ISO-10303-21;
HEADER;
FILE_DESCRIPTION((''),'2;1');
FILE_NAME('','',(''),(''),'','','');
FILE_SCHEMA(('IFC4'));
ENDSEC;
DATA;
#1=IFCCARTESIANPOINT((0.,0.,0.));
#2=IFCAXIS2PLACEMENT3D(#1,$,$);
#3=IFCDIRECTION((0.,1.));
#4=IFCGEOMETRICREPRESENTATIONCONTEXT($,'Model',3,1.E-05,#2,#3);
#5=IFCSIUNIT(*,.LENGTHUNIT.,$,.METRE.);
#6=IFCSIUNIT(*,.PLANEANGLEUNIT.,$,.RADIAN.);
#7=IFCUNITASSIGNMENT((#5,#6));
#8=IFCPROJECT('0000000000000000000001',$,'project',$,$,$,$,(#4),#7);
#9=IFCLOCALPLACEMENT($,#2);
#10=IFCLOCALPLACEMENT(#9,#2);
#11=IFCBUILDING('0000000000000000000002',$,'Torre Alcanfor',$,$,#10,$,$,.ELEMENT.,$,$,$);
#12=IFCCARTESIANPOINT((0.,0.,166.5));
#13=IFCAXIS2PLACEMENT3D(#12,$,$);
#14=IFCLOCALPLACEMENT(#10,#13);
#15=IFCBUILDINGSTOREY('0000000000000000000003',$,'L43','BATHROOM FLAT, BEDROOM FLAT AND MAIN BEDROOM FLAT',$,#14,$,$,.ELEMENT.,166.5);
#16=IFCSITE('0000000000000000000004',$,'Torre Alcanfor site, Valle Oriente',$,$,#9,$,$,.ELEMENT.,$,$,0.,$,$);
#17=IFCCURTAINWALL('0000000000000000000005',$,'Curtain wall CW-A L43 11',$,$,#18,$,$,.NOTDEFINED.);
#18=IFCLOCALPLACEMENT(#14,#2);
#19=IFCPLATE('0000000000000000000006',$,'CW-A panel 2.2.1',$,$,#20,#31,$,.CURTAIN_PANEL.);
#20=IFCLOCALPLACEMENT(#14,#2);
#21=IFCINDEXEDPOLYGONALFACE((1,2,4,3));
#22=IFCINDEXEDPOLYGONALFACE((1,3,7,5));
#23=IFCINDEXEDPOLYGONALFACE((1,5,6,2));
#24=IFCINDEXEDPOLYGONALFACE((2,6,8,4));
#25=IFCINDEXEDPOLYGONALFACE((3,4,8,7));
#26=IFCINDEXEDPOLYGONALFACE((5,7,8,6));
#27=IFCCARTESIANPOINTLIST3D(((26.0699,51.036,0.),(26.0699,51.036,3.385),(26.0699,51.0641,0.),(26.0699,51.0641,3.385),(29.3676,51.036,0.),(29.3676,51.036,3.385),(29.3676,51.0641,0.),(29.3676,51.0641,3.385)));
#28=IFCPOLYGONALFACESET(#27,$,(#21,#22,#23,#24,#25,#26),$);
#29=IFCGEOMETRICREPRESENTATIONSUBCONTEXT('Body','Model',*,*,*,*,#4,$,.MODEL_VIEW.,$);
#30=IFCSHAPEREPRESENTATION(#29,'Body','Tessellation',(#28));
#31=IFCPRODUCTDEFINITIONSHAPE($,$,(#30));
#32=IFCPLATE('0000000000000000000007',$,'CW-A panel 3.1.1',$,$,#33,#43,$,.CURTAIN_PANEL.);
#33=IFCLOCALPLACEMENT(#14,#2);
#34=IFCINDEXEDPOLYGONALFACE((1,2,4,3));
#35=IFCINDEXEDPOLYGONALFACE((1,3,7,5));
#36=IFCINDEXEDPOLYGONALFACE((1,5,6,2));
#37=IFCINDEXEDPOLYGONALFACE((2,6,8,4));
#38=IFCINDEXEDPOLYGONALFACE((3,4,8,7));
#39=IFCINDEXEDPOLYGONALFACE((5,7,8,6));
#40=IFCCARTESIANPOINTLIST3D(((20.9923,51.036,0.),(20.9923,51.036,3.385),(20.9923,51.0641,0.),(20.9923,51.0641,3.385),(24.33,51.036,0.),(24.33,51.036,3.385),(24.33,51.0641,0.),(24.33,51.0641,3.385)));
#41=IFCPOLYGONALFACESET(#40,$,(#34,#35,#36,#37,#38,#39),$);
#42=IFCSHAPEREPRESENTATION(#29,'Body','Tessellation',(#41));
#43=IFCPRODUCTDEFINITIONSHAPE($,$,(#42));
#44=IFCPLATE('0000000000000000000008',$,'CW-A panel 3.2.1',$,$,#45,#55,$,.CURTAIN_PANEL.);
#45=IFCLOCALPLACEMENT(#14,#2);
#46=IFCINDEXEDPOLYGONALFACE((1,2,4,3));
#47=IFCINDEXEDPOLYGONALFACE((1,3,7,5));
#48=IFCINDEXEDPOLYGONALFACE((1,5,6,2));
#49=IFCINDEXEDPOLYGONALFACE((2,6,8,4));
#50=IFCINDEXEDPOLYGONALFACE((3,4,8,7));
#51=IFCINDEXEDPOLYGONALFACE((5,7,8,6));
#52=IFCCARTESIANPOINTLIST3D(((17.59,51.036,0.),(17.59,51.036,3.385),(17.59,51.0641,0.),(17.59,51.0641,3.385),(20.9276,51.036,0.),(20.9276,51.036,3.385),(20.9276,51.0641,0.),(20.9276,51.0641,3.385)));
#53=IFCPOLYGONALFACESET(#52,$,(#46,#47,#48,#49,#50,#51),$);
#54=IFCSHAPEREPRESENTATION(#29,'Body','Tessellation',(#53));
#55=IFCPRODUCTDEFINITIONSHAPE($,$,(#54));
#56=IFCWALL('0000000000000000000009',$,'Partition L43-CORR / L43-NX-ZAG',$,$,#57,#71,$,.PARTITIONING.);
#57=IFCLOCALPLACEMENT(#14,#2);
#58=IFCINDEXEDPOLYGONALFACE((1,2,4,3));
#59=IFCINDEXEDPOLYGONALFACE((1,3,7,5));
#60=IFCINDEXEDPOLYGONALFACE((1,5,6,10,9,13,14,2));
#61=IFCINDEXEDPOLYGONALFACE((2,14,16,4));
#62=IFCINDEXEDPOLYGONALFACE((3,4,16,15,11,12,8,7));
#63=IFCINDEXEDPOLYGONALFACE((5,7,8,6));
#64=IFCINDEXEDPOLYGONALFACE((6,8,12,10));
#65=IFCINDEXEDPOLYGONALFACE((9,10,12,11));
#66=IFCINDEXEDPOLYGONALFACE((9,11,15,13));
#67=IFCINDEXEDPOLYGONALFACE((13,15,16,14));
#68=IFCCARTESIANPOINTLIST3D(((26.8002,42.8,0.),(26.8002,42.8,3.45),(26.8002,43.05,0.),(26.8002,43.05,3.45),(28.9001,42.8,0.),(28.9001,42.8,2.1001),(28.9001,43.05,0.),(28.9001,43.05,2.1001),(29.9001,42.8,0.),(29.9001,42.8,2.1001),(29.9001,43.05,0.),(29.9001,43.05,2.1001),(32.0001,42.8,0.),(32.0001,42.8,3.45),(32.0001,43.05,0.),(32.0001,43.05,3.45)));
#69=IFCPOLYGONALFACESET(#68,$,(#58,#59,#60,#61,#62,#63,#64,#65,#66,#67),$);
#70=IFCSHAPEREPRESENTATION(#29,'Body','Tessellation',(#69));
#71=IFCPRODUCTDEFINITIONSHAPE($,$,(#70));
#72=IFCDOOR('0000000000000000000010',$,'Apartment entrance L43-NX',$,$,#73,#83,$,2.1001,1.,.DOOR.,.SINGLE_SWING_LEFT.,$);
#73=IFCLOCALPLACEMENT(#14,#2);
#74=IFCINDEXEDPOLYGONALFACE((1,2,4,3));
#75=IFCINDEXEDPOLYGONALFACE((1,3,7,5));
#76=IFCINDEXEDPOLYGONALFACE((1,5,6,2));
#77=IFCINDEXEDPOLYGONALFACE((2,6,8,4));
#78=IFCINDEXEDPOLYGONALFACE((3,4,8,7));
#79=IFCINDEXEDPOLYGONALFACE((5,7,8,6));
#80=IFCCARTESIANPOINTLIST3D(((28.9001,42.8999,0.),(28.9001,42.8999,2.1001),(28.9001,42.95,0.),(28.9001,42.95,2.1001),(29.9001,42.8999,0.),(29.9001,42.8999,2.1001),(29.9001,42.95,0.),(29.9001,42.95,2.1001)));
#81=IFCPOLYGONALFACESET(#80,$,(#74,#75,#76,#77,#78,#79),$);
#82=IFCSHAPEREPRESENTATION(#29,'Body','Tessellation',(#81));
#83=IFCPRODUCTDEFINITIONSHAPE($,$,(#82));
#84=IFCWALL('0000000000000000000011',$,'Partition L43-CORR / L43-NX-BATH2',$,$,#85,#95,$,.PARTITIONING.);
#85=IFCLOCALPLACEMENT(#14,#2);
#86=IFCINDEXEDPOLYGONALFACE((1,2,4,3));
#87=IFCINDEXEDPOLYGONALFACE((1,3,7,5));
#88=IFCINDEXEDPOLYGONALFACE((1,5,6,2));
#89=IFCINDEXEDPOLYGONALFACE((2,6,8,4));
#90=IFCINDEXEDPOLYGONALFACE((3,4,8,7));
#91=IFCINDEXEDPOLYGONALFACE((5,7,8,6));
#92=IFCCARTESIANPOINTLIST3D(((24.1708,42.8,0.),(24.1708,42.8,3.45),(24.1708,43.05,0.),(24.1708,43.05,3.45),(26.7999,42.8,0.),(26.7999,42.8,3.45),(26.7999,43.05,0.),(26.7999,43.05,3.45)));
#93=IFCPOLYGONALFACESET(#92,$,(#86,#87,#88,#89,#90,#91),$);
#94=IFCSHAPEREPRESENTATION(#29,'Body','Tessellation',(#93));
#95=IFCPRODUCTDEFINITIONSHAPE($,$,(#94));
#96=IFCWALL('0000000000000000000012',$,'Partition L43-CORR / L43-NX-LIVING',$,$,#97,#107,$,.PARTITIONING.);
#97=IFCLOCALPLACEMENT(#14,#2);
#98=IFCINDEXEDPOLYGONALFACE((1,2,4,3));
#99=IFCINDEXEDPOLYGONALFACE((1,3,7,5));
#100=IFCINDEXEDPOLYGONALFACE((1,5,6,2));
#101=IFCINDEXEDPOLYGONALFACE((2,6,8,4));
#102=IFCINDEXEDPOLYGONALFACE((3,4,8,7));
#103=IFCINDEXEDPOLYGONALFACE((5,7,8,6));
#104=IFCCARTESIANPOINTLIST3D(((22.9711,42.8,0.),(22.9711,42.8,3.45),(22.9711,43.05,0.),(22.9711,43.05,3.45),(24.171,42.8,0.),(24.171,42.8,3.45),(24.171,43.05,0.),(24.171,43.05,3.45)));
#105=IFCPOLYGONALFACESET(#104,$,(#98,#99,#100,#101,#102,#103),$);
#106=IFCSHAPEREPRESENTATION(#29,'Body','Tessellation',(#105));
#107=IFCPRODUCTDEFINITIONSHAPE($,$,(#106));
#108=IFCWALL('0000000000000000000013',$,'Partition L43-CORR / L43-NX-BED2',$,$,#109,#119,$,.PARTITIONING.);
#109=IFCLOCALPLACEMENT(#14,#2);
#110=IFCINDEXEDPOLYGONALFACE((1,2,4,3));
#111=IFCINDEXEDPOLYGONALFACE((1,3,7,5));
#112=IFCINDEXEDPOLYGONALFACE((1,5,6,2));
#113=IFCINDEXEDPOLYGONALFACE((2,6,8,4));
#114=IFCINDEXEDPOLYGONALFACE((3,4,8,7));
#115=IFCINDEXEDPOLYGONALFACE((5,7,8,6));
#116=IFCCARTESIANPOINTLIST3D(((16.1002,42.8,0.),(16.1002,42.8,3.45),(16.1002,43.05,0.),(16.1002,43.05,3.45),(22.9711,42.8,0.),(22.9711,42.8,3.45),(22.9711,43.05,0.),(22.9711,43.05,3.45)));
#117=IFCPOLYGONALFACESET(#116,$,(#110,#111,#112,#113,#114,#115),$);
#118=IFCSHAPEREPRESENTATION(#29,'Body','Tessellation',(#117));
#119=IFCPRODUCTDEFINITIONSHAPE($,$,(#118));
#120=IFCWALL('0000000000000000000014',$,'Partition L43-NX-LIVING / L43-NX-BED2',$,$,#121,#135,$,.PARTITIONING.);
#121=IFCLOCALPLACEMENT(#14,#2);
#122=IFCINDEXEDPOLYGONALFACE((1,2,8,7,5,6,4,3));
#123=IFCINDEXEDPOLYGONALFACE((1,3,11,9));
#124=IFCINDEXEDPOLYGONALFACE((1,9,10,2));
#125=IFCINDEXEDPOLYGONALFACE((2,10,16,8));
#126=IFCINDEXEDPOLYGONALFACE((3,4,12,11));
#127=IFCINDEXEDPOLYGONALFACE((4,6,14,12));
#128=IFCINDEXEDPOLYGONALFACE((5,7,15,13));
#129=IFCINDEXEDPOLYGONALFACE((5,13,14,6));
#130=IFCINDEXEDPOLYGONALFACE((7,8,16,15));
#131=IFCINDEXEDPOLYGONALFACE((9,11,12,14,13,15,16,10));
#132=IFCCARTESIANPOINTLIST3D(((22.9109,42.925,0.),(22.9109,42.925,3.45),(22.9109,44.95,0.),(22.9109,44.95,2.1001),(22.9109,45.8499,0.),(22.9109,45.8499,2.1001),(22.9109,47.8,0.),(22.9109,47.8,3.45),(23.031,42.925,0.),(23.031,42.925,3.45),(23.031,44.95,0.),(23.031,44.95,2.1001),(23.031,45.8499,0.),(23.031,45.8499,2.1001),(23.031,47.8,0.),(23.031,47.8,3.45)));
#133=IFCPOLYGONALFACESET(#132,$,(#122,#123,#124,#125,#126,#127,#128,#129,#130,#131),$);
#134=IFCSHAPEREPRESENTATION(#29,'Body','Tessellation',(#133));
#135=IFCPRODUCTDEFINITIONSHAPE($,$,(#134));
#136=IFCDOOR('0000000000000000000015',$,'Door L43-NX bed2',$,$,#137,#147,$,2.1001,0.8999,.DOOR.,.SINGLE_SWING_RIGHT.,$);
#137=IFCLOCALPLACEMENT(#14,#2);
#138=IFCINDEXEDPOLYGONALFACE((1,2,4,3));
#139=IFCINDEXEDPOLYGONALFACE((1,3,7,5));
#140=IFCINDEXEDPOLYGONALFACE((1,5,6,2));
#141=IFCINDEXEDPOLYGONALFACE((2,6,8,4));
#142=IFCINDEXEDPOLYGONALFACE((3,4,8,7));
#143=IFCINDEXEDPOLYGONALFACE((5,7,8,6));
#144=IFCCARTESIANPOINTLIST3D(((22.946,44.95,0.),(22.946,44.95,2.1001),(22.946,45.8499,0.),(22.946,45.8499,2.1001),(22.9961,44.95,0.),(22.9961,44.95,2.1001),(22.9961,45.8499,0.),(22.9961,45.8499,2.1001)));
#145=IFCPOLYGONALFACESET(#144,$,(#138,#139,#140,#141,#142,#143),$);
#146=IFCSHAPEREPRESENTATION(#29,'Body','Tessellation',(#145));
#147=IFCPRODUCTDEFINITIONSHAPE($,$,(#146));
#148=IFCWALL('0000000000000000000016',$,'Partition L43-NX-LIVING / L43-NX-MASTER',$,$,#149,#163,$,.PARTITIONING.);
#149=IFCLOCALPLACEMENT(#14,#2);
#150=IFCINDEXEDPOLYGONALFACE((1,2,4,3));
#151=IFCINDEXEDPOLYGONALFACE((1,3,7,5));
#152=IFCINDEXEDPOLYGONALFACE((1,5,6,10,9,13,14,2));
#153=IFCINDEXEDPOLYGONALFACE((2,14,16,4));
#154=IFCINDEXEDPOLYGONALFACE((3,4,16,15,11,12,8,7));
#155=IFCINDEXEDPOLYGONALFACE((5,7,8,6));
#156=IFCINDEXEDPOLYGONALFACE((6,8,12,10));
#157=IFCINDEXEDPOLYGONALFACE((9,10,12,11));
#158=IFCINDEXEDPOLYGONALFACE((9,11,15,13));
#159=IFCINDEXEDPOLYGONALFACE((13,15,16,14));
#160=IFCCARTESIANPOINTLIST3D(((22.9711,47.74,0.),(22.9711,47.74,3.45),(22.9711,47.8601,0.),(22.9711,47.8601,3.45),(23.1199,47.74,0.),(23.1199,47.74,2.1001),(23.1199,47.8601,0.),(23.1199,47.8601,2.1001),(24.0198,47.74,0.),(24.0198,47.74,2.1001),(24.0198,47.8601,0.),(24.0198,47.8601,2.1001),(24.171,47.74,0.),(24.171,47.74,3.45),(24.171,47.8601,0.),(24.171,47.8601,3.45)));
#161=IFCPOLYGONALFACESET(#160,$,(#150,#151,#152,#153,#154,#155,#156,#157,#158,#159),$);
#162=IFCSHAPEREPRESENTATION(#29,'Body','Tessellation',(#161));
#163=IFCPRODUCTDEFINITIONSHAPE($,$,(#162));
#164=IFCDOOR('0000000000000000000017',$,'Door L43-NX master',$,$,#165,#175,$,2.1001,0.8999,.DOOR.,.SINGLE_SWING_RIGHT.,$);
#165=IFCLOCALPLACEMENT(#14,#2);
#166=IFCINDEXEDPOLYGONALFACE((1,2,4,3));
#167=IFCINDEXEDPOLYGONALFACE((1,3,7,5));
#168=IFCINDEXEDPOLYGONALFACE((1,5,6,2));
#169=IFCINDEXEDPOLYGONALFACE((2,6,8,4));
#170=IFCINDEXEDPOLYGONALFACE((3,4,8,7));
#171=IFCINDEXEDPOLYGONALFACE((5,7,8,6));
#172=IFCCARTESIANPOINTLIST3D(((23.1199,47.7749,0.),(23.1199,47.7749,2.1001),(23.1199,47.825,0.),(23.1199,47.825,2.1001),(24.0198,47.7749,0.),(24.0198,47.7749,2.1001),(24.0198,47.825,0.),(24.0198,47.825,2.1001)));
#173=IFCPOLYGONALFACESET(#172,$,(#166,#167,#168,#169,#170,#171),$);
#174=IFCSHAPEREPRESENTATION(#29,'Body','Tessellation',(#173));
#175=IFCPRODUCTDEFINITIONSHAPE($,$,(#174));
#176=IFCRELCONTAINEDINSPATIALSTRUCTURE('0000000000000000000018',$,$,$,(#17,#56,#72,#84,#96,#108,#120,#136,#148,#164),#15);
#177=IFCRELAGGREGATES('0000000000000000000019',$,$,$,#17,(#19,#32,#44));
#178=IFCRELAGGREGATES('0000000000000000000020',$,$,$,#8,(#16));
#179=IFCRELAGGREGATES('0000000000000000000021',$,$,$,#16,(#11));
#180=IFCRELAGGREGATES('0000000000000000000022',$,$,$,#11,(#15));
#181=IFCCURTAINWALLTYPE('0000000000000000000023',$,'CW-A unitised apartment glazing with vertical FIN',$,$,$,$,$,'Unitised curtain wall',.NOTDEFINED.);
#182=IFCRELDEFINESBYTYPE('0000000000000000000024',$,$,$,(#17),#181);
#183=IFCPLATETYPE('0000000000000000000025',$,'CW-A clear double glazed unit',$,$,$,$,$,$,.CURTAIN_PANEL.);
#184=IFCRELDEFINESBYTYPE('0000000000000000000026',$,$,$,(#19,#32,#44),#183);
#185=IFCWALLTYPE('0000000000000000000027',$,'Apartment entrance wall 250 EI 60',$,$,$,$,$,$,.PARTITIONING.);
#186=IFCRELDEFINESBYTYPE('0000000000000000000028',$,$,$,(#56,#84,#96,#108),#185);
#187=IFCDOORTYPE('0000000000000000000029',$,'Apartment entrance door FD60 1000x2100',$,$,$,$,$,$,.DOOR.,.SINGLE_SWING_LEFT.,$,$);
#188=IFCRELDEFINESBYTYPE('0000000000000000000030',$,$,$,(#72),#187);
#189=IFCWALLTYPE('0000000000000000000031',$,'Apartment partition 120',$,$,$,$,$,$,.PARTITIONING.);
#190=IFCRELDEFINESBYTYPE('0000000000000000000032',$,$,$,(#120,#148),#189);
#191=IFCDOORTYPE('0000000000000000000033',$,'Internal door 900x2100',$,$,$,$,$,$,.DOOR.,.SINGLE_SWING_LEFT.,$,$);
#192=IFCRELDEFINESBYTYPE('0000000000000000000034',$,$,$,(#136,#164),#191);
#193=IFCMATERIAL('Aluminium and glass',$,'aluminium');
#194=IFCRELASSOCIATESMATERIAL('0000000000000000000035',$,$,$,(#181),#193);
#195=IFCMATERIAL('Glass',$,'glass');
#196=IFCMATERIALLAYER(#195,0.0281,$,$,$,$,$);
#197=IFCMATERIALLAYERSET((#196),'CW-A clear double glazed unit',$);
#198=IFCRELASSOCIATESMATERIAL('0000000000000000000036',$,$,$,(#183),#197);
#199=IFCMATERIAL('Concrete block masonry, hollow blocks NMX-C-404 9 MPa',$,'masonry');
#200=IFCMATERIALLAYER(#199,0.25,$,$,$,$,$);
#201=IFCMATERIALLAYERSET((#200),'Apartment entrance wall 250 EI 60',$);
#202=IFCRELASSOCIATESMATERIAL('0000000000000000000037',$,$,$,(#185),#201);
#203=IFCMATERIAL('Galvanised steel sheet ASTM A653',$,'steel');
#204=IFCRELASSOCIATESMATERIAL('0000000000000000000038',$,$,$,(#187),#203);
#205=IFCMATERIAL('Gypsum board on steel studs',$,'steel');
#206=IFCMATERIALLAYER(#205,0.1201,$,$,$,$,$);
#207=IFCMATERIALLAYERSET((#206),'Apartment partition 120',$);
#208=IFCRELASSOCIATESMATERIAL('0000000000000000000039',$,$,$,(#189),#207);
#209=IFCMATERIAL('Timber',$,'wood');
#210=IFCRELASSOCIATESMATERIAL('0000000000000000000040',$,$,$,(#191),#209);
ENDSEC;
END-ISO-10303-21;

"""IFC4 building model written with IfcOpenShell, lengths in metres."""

from ifc_helpers import new_model, si_unit, direction, frame, frame_2d, origin, origin_2d, place, context, subcontext, project, spatial, rectangle, extrude, material, layer, layer_set, type_object, element, fill, aggregate, save


model = new_model("IFC4")

# Units and contexts
model_context = context("Model", 3, precision=1e-05, world=origin(), true_north=direction((0.0, 1.0)))
body_context = subcontext(model_context, "Body", "Model", "MODEL_VIEW")
ifc_project = project(units=[si_unit("LENGTHUNIT", "METRE"), si_unit("PLANEANGLEUNIT", "RADIAN")], contexts=[model_context])

# Site, building, storey
site_placement = place(None, origin())
site = spatial("IfcSite", under=ifc_project, at=site_placement, Name="Torre Alcanfor site, Valle Oriente", CompositionType="ELEMENT", RefElevation=0.0)
building_placement = place(site_placement, origin())
building = spatial("IfcBuilding", under=site, at=building_placement, Name="Torre Alcanfor", CompositionType="ELEMENT")
storey_placement = place(building_placement, frame((0.0, 0.0, 166.5)))
storey = spatial("IfcBuildingStorey", under=building, at=storey_placement, Name="L43", Description="BATHROOM FLAT, BEDROOM FLAT AND MAIN BEDROOM FLAT", CompositionType="ELEMENT", Elevation=166.5)

# Curtain wall
ifc_material_1 = material(Name="Aluminium and glass", Category="aluminium")
curtain_wall_type = type_object("IfcCurtainWallType", Name="CW-A unitised apartment glazing with vertical FIN", ElementType="Unitised curtain wall", PredefinedType="NOTDEFINED", material=ifc_material_1)
curtain_wall_placement = place(storey_placement, origin())
curtain_wall = element("IfcCurtainWall", 1, at=curtain_wall_placement, inside=storey, type_object=curtain_wall_type, Name="Curtain wall CW-A L43 11", PredefinedType="NOTDEFINED")

# Plates
ifc_material_2 = material(Name="Glass", Category="glass")
ifc_layer_1 = layer(ifc_material_2, 0.0281)
ifc_layer_set_1 = layer_set([ifc_layer_1], Name="CW-A clear double glazed unit")
plate_type = type_object("IfcPlateType", Name="CW-A clear double glazed unit", PredefinedType="CURTAIN_PANEL", material=ifc_layer_set_1)
plate_1_placement = place(storey_placement, frame((27.7188, 51.05, 0.0), z_axis=(0.0, 0.0, 1.0), x_axis=(-1.0, 0.0, 0.0)))
plate_1 = element("IfcPlate", 2, at=plate_1_placement, type_object=plate_type, Name="CW-A panel 2.2.1", PredefinedType="CURTAIN_PANEL", context=body_context, shape_type="SweptSolid", body=[
    extrude(rectangle(XDim=3.2976, YDim=0.0281, at=origin_2d()), origin(), (0.0, 0.0, 1.0), 3.385),
])
plate_2_placement = place(storey_placement, frame((22.6611, 51.05, 0.0), z_axis=(0.0, 0.0, 1.0), x_axis=(-1.0, 0.0, 0.0)))
plate_2 = element("IfcPlate", 3, at=plate_2_placement, type_object=plate_type, Name="CW-A panel 3.1.1", PredefinedType="CURTAIN_PANEL", context=body_context, shape_type="SweptSolid", body=[
    extrude(rectangle(XDim=3.3376, YDim=0.0281, at=origin_2d()), origin(), (0.0, 0.0, 1.0), 3.385),
])
plate_3_placement = place(storey_placement, frame((19.2588, 51.05, 0.0), z_axis=(0.0, 0.0, 1.0), x_axis=(-1.0, 0.0, 0.0)))
plate_3 = element("IfcPlate", 4, at=plate_3_placement, type_object=plate_type, Name="CW-A panel 3.2.1", PredefinedType="CURTAIN_PANEL", context=body_context, shape_type="SweptSolid", body=[
    extrude(rectangle(XDim=3.3376, YDim=0.0281, at=origin_2d()), origin(), (0.0, 0.0, 1.0), 3.385),
])
aggregate(curtain_wall, [plate_1, plate_2, plate_3])

# Wall, opening, door
ifc_material_3 = material(Name="Concrete block masonry, hollow blocks NMX-C-404 9 MPa", Category="masonry")
ifc_layer_2 = layer(ifc_material_3, 0.25)
ifc_layer_set_2 = layer_set([ifc_layer_2], Name="Apartment entrance wall 250 EI 60")
wall_type_1 = type_object("IfcWallType", Name="Apartment entrance wall 250 EI 60", PredefinedType="PARTITIONING", material=ifc_layer_set_2)
wall_1_placement = place(storey_placement, frame((26.8, 42.925, 0.0), z_axis=(0.0, 0.0, 1.0), x_axis=(1.0, 0.0, 0.0)))
wall_1 = element("IfcWall", 5, at=wall_1_placement, inside=storey, type_object=wall_type_1, Name="Partition L43-CORR / L43-NX-ZAG", PredefinedType="PARTITIONING", context=body_context, shape_type="SweptSolid", body=[
    extrude(rectangle(XDim=5.2, YDim=0.25, at=frame_2d((2.6001, 0.0))), origin(), (0.0, 0.0, 1.0), 3.45),
])
opening_1_placement = place(wall_1_placement, frame((2.1001, 0.0, 0.0)))
opening_1 = element("IfcOpeningElement", 6, at=opening_1_placement, cuts=wall_1, PredefinedType="OPENING", context=body_context, shape_type="SweptSolid", body=[
    extrude(rectangle(XDim=1.0, YDim=2.1001, at=frame_2d((0.5, 1.05))), frame((0.0, 0.135, 0.0), z_axis=(0.0, -1.0, 0.0), x_axis=(1.0, 0.0, 0.0)), (0.0, 0.0, 1.0), 0.27),
])
ifc_material_4 = material(Name="Galvanised steel sheet ASTM A653", Category="steel")
door_type_1 = type_object("IfcDoorType", Name="Apartment entrance door FD60 1000x2100", OperationType="SINGLE_SWING_LEFT", PredefinedType="DOOR", material=ifc_material_4)
door_1_placement = place(opening_1_placement, origin())
door_1 = element("IfcDoor", 7, at=door_1_placement, inside=storey, type_object=door_type_1, Name="Apartment entrance L43-NX", OperationType="SINGLE_SWING_LEFT", OverallHeight=2.1001, OverallWidth=1.0, PredefinedType="DOOR", context=body_context, shape_type="SweptSolid", body=[
    extrude(rectangle(XDim=1.0, YDim=2.1001, at=frame_2d((0.5, 1.05))), frame((0.0, 0.0249, 0.0), z_axis=(0.0, -1.0, 0.0), x_axis=(1.0, 0.0, 0.0)), (0.0, 0.0, 1.0), 0.05),
])
fill(opening_1, door_1)

# Walls
wall_2_placement = place(storey_placement, frame((24.1709, 42.925, 0.0), z_axis=(0.0, 0.0, 1.0), x_axis=(1.0, 0.0, 0.0)))
element("IfcWall", 8, at=wall_2_placement, inside=storey, type_object=wall_type_1, Name="Partition L43-CORR / L43-NX-BATH2", PredefinedType="PARTITIONING", context=body_context, shape_type="SweptSolid", body=[
    extrude(rectangle(XDim=2.6292, YDim=0.25, at=frame_2d((1.3145, 0.0))), origin(), (0.0, 0.0, 1.0), 3.45),
])
wall_3_placement = place(storey_placement, frame((22.9709, 42.925, 0.0), z_axis=(0.0, 0.0, 1.0), x_axis=(1.0, 0.0, 0.0)))
element("IfcWall", 9, at=wall_3_placement, inside=storey, type_object=wall_type_1, Name="Partition L43-CORR / L43-NX-LIVING", PredefinedType="PARTITIONING", context=body_context, shape_type="SweptSolid", body=[
    extrude(rectangle(XDim=1.2, YDim=0.25, at=frame_2d((0.6001, 0.0))), origin(), (0.0, 0.0, 1.0), 3.45),
])
wall_4_placement = place(storey_placement, frame((16.1001, 42.925, 0.0), z_axis=(0.0, 0.0, 1.0), x_axis=(1.0, 0.0, 0.0)))
element("IfcWall", 10, at=wall_4_placement, inside=storey, type_object=wall_type_1, Name="Partition L43-CORR / L43-NX-BED2", PredefinedType="PARTITIONING", context=body_context, shape_type="SweptSolid", body=[
    extrude(rectangle(XDim=6.8708, YDim=0.25, at=frame_2d((3.4355, 0.0))), origin(), (0.0, 0.0, 1.0), 3.45),
])

# Walls, openings, doors
ifc_material_5 = material(Name="Gypsum board on steel studs", Category="steel")
ifc_layer_3 = layer(ifc_material_5, 0.1201)
ifc_layer_set_3 = layer_set([ifc_layer_3], Name="Apartment partition 120")
wall_type_2 = type_object("IfcWallType", Name="Apartment partition 120", PredefinedType="PARTITIONING", material=ifc_layer_set_3)
wall_5_placement = place(storey_placement, frame((22.9709, 42.925, 0.0), z_axis=(0.0, 0.0, 1.0), x_axis=(0.0, 1.0, 0.0)))
wall_5 = element("IfcWall", 11, at=wall_5_placement, inside=storey, type_object=wall_type_2, Name="Partition L43-NX-LIVING / L43-NX-BED2", PredefinedType="PARTITIONING", context=body_context, shape_type="SweptSolid", body=[
    extrude(rectangle(XDim=4.875, YDim=0.1201, at=frame_2d((2.4375, 0.0))), origin(), (0.0, 0.0, 1.0), 3.45),
])
opening_2_placement = place(wall_5_placement, frame((2.0249, 0.0, 0.0)))
opening_2 = element("IfcOpeningElement", 12, at=opening_2_placement, cuts=wall_5, PredefinedType="OPENING", context=body_context, shape_type="SweptSolid", body=[
    extrude(rectangle(XDim=0.8999, YDim=2.1001, at=frame_2d((0.45, 1.05))), frame((0.0, 0.0701, 0.0), z_axis=(0.0, -1.0, 0.0), x_axis=(1.0, 0.0, 0.0)), (0.0, 0.0, 1.0), 0.1401),
])
ifc_material_6 = material(Name="Timber", Category="wood")
door_type_2 = type_object("IfcDoorType", Name="Internal door 900x2100", OperationType="SINGLE_SWING_LEFT", PredefinedType="DOOR", material=ifc_material_6)
door_2_placement = place(opening_2_placement, origin())
door_2 = element("IfcDoor", 13, at=door_2_placement, inside=storey, type_object=door_type_2, Name="Door L43-NX bed2", OperationType="SINGLE_SWING_RIGHT", OverallHeight=2.1001, OverallWidth=0.8999, PredefinedType="DOOR", context=body_context, shape_type="SweptSolid", body=[
    extrude(rectangle(XDim=0.8999, YDim=2.1001, at=frame_2d((0.45, 1.05))), frame((0.0, 0.0249, 0.0), z_axis=(0.0, -1.0, 0.0), x_axis=(1.0, 0.0, 0.0)), (0.0, 0.0, 1.0), 0.05),
])
fill(opening_2, door_2)
wall_6_placement = place(storey_placement, frame((22.9709, 47.8, 0.0), z_axis=(0.0, 0.0, 1.0), x_axis=(1.0, 0.0, 0.0)))
wall_6 = element("IfcWall", 14, at=wall_6_placement, inside=storey, type_object=wall_type_2, Name="Partition L43-NX-LIVING / L43-NX-MASTER", PredefinedType="PARTITIONING", context=body_context, shape_type="SweptSolid", body=[
    extrude(rectangle(XDim=1.2, YDim=0.1201, at=frame_2d((0.6001, 0.0))), origin(), (0.0, 0.0, 1.0), 3.45),
])
opening_3_placement = place(wall_6_placement, frame((0.1489, 0.0, 0.0)))
opening_3 = element("IfcOpeningElement", 15, at=opening_3_placement, cuts=wall_6, PredefinedType="OPENING", context=body_context, shape_type="SweptSolid", body=[
    extrude(rectangle(XDim=0.8999, YDim=2.1001, at=frame_2d((0.45, 1.05))), frame((0.0, 0.0701, 0.0), z_axis=(0.0, -1.0, 0.0), x_axis=(1.0, 0.0, 0.0)), (0.0, 0.0, 1.0), 0.1401),
])
door_3_placement = place(opening_3_placement, origin())
door_3 = element("IfcDoor", 16, at=door_3_placement, inside=storey, type_object=door_type_2, Name="Door L43-NX master", OperationType="SINGLE_SWING_RIGHT", OverallHeight=2.1001, OverallWidth=0.8999, PredefinedType="DOOR", context=body_context, shape_type="SweptSolid", body=[
    extrude(rectangle(XDim=0.8999, YDim=2.1001, at=frame_2d((0.45, 1.05))), frame((0.0, 0.0249, 0.0), z_axis=(0.0, -1.0, 0.0), x_axis=(1.0, 0.0, 0.0)), (0.0, 0.0, 1.0), 0.05),
])
fill(opening_3, door_3)

save(model, "model.ifc")
